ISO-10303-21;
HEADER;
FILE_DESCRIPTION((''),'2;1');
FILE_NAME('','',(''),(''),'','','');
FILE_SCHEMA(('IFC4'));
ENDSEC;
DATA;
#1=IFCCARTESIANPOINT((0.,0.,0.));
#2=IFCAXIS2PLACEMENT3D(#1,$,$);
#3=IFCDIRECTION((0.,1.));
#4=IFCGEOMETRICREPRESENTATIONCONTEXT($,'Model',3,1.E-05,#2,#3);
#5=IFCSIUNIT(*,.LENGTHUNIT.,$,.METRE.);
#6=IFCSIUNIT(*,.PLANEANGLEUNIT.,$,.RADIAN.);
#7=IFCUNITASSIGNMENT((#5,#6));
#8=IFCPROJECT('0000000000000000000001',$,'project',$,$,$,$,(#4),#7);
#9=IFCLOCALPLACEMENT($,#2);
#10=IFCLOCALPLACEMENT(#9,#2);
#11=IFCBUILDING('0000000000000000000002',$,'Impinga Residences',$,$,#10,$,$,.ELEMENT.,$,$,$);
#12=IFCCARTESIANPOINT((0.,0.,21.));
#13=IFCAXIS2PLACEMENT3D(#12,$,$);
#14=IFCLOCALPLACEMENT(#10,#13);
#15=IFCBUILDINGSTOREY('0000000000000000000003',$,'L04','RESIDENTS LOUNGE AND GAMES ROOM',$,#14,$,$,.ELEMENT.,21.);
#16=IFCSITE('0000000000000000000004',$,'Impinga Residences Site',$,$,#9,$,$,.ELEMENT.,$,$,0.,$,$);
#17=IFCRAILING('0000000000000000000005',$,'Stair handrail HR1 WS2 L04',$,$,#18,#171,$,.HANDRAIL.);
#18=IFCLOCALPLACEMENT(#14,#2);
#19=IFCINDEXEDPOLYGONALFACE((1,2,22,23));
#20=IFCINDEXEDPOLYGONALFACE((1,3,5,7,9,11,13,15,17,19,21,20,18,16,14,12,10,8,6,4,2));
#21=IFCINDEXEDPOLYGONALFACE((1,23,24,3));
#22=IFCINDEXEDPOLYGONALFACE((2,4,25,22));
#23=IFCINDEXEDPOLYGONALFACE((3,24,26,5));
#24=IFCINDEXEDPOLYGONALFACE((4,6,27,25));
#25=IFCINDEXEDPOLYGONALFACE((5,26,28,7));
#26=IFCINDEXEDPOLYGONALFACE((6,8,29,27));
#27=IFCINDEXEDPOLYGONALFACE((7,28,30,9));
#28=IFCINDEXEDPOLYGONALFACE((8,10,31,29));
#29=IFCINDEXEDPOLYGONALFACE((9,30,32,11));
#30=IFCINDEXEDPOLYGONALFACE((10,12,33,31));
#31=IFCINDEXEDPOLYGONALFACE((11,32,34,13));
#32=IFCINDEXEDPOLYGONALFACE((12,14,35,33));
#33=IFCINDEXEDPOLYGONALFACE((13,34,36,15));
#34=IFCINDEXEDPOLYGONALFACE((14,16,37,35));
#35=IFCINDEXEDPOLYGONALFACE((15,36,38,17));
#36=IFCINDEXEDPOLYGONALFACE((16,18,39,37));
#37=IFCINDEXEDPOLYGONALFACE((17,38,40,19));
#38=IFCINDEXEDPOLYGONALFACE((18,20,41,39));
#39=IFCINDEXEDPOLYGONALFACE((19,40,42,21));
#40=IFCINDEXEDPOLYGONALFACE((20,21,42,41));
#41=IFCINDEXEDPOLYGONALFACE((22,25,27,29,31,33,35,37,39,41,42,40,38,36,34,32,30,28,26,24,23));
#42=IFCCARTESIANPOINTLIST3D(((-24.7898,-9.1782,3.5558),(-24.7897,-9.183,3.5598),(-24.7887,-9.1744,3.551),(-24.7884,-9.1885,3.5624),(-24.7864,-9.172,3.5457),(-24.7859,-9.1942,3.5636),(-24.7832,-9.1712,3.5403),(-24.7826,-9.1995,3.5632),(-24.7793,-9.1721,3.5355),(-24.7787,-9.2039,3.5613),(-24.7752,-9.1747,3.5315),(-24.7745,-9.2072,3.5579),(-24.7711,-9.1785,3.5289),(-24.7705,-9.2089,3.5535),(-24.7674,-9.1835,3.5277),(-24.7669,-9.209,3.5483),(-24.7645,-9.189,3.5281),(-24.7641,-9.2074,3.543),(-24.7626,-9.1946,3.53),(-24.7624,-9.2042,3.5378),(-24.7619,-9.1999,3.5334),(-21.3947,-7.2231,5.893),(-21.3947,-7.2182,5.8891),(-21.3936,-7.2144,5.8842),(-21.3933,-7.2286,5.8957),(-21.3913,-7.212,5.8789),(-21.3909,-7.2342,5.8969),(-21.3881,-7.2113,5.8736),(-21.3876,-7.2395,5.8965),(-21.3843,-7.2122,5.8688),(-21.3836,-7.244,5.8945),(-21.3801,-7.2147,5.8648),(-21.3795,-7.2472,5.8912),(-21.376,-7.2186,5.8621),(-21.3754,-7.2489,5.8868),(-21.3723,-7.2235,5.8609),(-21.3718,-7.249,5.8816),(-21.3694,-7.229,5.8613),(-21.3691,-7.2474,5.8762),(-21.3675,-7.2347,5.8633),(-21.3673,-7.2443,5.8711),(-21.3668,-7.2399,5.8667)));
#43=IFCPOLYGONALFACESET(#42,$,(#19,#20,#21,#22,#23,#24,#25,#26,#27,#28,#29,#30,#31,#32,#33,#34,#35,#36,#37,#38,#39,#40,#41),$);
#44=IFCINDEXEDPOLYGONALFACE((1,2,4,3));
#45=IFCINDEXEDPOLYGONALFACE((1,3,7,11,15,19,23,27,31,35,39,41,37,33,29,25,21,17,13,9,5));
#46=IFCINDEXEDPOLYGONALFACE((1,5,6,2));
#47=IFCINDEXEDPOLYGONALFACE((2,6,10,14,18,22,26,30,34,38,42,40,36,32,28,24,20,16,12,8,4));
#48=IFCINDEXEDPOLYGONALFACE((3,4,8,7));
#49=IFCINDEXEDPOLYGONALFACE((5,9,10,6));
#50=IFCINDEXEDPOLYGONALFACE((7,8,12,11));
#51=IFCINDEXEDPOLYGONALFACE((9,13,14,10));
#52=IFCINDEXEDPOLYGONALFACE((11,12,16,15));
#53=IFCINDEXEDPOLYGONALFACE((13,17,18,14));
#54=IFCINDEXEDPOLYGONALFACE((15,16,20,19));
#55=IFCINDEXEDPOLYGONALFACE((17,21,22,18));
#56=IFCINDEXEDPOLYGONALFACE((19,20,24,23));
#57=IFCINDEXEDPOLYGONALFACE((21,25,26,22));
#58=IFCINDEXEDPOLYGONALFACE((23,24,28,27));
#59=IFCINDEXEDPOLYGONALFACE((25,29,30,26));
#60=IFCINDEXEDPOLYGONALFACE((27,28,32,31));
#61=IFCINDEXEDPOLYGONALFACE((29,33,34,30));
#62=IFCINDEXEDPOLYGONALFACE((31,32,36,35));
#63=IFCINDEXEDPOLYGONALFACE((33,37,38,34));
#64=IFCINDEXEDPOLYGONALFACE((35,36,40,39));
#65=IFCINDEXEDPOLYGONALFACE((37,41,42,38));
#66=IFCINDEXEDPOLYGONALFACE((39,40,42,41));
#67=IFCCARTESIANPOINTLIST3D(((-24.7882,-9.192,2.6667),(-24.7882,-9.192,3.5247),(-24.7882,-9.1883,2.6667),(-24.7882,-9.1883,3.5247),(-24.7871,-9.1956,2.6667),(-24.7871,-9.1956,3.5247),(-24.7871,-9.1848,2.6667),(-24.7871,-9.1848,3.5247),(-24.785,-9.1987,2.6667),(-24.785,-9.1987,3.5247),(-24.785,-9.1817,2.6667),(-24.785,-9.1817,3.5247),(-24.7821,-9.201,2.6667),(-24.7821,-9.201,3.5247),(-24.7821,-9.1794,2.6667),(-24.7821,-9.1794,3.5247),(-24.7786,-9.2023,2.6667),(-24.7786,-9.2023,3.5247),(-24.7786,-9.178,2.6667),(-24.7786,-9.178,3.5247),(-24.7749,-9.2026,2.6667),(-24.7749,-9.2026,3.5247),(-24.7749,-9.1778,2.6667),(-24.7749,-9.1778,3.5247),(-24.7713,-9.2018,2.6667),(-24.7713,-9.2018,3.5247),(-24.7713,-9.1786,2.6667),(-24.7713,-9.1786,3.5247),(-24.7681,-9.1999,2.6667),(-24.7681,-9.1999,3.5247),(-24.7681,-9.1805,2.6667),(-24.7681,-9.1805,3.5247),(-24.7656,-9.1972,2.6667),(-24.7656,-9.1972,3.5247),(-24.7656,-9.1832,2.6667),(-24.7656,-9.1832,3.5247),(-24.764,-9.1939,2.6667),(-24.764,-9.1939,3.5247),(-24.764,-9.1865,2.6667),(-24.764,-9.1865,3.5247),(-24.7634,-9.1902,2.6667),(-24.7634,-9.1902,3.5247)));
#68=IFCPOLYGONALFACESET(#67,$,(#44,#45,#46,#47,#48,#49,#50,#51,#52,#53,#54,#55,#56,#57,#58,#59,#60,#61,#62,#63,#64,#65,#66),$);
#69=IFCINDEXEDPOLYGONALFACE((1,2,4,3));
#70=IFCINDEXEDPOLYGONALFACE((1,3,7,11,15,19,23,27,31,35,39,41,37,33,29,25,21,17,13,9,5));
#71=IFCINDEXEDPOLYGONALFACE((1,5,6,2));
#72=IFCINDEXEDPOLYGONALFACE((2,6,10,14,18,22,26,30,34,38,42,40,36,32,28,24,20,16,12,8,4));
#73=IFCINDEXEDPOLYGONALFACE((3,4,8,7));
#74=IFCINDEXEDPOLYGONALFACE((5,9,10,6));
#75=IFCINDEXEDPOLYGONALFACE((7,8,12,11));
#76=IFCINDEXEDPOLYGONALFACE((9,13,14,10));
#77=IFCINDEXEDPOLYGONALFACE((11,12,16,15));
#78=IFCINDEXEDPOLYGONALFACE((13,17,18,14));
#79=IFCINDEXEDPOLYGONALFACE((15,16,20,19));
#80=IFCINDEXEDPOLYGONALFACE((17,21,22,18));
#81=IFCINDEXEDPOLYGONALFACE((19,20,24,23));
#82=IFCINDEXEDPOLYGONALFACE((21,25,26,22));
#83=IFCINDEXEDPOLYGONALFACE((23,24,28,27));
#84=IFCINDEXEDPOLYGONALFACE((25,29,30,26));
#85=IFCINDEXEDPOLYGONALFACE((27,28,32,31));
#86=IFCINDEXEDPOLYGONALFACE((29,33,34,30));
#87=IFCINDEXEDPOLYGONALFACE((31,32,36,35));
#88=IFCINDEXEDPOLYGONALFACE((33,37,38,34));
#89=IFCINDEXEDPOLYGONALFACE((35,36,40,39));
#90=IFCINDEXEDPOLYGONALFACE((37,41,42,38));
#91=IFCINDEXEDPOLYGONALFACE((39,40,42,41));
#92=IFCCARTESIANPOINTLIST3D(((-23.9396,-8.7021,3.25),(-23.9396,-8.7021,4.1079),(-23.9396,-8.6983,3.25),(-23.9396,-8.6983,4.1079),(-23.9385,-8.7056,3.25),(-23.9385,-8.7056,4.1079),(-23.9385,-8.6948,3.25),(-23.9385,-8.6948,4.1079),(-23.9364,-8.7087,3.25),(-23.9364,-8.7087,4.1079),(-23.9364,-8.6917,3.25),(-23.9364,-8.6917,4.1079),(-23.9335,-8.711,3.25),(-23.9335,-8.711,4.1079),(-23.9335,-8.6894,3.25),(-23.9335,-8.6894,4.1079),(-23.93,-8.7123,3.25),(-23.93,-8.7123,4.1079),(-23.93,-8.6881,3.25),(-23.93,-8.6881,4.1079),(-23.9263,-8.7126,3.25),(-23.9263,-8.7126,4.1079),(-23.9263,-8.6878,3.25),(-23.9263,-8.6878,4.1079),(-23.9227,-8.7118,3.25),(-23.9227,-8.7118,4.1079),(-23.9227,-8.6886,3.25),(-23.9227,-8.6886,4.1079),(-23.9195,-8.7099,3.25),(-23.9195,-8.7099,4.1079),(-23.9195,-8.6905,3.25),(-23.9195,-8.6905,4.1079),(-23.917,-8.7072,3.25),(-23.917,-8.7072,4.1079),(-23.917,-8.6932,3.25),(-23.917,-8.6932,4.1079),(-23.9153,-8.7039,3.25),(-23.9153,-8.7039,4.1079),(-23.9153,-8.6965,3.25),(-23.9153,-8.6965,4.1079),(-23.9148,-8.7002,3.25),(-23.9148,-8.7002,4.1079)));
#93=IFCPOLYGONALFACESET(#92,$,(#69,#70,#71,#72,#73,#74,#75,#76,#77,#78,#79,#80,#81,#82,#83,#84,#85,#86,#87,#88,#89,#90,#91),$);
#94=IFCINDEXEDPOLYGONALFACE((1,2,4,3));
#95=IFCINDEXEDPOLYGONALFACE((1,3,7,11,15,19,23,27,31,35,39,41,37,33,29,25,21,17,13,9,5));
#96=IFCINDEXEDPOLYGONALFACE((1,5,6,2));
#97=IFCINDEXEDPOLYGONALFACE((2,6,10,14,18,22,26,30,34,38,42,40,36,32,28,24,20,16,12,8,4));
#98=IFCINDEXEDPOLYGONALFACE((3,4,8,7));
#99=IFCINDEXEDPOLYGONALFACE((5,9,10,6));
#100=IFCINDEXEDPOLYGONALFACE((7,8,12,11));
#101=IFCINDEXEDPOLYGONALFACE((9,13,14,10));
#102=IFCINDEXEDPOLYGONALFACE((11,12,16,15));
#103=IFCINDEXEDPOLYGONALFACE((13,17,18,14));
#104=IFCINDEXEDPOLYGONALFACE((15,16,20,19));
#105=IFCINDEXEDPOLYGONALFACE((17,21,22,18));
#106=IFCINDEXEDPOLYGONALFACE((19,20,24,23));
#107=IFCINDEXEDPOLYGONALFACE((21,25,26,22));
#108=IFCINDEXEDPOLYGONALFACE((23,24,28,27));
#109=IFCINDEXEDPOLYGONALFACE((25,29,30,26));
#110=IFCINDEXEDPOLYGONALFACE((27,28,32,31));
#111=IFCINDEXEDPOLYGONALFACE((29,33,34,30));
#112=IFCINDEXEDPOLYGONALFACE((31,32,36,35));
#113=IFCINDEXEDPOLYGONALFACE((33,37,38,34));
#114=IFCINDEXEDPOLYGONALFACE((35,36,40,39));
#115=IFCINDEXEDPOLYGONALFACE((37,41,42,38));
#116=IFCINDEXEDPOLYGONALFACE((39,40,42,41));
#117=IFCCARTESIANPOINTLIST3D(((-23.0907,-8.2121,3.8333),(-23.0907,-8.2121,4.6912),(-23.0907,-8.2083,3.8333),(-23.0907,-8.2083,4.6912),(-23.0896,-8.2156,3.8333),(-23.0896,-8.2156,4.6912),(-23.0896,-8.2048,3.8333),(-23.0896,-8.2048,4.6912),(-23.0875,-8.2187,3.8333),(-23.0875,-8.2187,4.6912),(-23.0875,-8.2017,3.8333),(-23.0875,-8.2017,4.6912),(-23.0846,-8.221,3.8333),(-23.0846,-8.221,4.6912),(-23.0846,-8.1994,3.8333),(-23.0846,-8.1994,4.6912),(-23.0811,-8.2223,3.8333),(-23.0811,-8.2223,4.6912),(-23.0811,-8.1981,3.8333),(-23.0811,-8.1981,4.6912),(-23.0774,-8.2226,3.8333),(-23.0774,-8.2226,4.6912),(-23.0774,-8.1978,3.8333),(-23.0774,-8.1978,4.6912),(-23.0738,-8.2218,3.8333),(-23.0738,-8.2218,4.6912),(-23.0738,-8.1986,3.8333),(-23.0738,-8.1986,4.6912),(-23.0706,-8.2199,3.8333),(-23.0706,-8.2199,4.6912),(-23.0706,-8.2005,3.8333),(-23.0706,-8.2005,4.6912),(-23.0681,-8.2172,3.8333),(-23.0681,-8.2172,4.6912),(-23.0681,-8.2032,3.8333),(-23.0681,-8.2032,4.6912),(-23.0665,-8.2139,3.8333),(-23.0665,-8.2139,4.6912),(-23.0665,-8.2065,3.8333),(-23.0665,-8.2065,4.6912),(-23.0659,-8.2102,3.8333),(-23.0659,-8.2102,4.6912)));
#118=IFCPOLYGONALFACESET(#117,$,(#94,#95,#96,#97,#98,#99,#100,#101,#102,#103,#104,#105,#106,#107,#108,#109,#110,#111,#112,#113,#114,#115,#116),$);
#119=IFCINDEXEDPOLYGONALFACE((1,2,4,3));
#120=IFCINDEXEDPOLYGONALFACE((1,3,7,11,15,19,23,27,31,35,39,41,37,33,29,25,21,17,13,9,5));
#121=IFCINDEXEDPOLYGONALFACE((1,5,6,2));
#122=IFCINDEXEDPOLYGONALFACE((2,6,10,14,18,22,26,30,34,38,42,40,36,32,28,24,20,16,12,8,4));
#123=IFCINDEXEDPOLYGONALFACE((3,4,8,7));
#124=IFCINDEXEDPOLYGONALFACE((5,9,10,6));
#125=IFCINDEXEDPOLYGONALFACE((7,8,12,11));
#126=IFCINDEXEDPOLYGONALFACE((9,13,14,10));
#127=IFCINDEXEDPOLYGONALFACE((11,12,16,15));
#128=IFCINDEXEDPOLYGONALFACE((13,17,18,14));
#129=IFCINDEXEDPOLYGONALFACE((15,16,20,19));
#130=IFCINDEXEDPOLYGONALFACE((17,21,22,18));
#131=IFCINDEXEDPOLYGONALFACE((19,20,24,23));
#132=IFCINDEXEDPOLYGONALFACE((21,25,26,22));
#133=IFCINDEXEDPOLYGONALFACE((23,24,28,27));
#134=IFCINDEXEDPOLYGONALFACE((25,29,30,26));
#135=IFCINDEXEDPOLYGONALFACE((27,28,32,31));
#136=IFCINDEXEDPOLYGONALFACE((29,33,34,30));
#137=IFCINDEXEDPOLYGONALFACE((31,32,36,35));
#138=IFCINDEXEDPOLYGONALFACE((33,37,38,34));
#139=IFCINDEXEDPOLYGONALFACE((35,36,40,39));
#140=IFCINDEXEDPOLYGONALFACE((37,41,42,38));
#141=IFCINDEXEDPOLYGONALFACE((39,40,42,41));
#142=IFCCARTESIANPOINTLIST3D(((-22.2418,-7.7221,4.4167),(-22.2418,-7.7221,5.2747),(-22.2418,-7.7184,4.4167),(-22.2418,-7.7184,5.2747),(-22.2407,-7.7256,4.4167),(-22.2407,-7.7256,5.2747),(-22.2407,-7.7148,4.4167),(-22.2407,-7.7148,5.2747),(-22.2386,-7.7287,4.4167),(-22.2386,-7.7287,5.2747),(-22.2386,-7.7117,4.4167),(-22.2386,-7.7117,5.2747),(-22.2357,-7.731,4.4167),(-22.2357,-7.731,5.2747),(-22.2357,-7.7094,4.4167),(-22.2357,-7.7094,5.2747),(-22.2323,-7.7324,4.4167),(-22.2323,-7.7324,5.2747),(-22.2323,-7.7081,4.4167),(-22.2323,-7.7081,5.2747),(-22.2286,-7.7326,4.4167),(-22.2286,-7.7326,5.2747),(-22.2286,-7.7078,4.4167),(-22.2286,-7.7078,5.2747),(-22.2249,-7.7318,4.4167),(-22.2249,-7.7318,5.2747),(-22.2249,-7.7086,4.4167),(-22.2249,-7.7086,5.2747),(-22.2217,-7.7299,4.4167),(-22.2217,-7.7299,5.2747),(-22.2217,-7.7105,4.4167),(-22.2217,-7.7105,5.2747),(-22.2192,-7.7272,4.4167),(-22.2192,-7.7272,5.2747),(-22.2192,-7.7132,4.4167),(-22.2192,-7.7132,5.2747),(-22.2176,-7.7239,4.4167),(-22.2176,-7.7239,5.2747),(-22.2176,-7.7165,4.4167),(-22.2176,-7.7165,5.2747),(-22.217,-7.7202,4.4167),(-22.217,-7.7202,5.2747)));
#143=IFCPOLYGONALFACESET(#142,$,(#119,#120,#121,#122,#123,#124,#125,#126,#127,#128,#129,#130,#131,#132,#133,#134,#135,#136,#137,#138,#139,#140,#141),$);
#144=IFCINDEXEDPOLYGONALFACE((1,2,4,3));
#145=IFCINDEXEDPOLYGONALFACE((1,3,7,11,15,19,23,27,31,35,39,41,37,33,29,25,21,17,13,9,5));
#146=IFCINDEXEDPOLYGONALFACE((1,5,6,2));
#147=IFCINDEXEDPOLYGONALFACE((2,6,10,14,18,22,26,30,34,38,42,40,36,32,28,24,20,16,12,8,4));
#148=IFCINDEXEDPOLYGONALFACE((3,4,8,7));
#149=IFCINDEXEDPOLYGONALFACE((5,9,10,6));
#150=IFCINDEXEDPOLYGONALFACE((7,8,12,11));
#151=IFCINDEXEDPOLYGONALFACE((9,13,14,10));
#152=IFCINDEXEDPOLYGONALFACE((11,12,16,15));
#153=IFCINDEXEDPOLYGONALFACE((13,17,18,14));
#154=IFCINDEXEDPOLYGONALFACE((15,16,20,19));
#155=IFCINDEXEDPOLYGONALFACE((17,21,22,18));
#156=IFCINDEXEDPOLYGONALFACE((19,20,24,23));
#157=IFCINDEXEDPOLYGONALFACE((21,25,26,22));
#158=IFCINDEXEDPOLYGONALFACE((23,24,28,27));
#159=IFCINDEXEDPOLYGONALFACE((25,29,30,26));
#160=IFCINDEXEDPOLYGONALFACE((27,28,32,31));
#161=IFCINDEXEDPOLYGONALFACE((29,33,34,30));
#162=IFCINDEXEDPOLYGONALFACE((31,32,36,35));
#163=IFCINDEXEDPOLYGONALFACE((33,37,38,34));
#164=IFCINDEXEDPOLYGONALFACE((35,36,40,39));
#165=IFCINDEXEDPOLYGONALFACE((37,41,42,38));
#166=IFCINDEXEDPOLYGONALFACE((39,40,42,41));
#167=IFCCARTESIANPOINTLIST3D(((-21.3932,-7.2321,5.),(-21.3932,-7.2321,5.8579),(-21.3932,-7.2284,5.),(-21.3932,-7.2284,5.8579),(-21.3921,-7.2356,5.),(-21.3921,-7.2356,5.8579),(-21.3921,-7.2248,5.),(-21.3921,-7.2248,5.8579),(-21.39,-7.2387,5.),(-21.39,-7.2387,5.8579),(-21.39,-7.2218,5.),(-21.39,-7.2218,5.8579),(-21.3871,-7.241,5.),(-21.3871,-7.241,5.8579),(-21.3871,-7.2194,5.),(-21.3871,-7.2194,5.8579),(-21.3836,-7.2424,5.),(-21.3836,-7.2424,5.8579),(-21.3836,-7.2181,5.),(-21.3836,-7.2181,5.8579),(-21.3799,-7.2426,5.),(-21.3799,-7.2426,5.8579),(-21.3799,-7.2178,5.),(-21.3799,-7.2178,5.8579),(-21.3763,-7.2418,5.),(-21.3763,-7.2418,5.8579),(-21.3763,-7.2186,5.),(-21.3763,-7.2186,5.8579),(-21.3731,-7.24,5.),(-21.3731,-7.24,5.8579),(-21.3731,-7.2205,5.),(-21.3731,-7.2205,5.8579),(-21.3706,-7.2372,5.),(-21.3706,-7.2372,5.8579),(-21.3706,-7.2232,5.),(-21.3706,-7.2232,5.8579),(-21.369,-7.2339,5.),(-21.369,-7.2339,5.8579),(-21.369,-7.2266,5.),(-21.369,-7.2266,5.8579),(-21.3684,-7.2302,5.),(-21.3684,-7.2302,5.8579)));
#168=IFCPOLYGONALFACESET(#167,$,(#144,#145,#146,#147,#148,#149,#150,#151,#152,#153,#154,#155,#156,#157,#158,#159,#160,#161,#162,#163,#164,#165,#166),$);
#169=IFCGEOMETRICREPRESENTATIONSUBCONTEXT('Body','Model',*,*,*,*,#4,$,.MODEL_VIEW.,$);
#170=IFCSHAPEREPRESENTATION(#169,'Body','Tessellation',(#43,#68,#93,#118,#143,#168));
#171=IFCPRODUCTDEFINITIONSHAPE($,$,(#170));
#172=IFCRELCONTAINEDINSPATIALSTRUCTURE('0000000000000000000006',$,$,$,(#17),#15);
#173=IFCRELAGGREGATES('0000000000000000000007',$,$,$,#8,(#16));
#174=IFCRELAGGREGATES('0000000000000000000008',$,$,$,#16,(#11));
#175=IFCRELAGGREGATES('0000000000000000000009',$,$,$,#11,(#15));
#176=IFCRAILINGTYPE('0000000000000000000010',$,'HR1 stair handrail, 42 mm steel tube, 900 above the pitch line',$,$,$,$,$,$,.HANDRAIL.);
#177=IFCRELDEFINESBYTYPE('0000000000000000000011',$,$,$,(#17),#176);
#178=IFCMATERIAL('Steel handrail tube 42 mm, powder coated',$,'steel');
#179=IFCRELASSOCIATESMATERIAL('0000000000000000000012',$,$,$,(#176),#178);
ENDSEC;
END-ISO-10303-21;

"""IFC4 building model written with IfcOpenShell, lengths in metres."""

from ifc_helpers import new_model, si_unit, direction, frame, origin, origin_2d, place, context, subcontext, project, spatial, circle, extrude, material, type_object, element, save


model = new_model("IFC4")

# Units and contexts
model_context = context("Model", 3, precision=1e-05, world=origin(), true_north=direction((0.0, 1.0)))
body_context = subcontext(model_context, "Body", "Model", "MODEL_VIEW")
ifc_project = project(units=[si_unit("LENGTHUNIT", "METRE"), si_unit("PLANEANGLEUNIT", "RADIAN")], contexts=[model_context])

# Site, building, storey
site_placement = place(None, origin())
site = spatial("IfcSite", under=ifc_project, at=site_placement, Name="Impinga Residences Site", CompositionType="ELEMENT", RefElevation=0.0)
building_placement = place(site_placement, origin())
building = spatial("IfcBuilding", under=site, at=building_placement, Name="Impinga Residences", CompositionType="ELEMENT")
storey_placement = place(building_placement, frame((0.0, 0.0, 21.0)))
storey = spatial("IfcBuildingStorey", under=building, at=storey_placement, Name="L04", Description="RESIDENTS LOUNGE AND GAMES ROOM", CompositionType="ELEMENT", Elevation=21.0)

# Railing
ifc_material_1 = material(Name="Steel handrail tube 42 mm, powder coated", Category="steel")
railing_type_1 = type_object("IfcRailingType", Name="HR1 stair handrail, 42 mm steel tube, 900 above the pitch line", PredefinedType="HANDRAIL", material=ifc_material_1)
railing_1_placement = place(storey_placement, frame((-24.7759, -9.1902, 2.6667)))
element("IfcRailing", 1, at=railing_1_placement, inside=storey, type_object=railing_type_1, Name="Stair handrail HR1 WS2 L04", PredefinedType="HANDRAIL", context=body_context, shape_type="SweptSolid", body=[
    extrude(circle(Radius=0.021, at=origin_2d()), frame((0.0, 0.0, 0.8789), z_axis=(0.744199, 0.429629, 0.511456), x_axis=(-0.49997, 0.866042, 0.0)), (0.0, 0.0, 1.0), 4.562),
    extrude(circle(Radius=0.0125, at=origin_2d()), origin(), (0.0, 0.0, 1.0), 0.8579),
    extrude(circle(Radius=0.0125, at=origin_2d()), frame((0.8486, 0.49, 0.5833)), (0.0, 0.0, 1.0), 0.8579),
    extrude(circle(Radius=0.0125, at=origin_2d()), frame((1.6975, 0.98, 1.1665)), (0.0, 0.0, 1.0), 0.8579),
    extrude(circle(Radius=0.0125, at=origin_2d()), frame((2.5464, 1.47, 1.75)), (0.0, 0.0, 1.0), 0.8579),
    extrude(circle(Radius=0.0125, at=origin_2d()), frame((3.395, 1.96, 2.3333)), (0.0, 0.0, 1.0), 0.8579),
])

save(model, "model.ifc")
